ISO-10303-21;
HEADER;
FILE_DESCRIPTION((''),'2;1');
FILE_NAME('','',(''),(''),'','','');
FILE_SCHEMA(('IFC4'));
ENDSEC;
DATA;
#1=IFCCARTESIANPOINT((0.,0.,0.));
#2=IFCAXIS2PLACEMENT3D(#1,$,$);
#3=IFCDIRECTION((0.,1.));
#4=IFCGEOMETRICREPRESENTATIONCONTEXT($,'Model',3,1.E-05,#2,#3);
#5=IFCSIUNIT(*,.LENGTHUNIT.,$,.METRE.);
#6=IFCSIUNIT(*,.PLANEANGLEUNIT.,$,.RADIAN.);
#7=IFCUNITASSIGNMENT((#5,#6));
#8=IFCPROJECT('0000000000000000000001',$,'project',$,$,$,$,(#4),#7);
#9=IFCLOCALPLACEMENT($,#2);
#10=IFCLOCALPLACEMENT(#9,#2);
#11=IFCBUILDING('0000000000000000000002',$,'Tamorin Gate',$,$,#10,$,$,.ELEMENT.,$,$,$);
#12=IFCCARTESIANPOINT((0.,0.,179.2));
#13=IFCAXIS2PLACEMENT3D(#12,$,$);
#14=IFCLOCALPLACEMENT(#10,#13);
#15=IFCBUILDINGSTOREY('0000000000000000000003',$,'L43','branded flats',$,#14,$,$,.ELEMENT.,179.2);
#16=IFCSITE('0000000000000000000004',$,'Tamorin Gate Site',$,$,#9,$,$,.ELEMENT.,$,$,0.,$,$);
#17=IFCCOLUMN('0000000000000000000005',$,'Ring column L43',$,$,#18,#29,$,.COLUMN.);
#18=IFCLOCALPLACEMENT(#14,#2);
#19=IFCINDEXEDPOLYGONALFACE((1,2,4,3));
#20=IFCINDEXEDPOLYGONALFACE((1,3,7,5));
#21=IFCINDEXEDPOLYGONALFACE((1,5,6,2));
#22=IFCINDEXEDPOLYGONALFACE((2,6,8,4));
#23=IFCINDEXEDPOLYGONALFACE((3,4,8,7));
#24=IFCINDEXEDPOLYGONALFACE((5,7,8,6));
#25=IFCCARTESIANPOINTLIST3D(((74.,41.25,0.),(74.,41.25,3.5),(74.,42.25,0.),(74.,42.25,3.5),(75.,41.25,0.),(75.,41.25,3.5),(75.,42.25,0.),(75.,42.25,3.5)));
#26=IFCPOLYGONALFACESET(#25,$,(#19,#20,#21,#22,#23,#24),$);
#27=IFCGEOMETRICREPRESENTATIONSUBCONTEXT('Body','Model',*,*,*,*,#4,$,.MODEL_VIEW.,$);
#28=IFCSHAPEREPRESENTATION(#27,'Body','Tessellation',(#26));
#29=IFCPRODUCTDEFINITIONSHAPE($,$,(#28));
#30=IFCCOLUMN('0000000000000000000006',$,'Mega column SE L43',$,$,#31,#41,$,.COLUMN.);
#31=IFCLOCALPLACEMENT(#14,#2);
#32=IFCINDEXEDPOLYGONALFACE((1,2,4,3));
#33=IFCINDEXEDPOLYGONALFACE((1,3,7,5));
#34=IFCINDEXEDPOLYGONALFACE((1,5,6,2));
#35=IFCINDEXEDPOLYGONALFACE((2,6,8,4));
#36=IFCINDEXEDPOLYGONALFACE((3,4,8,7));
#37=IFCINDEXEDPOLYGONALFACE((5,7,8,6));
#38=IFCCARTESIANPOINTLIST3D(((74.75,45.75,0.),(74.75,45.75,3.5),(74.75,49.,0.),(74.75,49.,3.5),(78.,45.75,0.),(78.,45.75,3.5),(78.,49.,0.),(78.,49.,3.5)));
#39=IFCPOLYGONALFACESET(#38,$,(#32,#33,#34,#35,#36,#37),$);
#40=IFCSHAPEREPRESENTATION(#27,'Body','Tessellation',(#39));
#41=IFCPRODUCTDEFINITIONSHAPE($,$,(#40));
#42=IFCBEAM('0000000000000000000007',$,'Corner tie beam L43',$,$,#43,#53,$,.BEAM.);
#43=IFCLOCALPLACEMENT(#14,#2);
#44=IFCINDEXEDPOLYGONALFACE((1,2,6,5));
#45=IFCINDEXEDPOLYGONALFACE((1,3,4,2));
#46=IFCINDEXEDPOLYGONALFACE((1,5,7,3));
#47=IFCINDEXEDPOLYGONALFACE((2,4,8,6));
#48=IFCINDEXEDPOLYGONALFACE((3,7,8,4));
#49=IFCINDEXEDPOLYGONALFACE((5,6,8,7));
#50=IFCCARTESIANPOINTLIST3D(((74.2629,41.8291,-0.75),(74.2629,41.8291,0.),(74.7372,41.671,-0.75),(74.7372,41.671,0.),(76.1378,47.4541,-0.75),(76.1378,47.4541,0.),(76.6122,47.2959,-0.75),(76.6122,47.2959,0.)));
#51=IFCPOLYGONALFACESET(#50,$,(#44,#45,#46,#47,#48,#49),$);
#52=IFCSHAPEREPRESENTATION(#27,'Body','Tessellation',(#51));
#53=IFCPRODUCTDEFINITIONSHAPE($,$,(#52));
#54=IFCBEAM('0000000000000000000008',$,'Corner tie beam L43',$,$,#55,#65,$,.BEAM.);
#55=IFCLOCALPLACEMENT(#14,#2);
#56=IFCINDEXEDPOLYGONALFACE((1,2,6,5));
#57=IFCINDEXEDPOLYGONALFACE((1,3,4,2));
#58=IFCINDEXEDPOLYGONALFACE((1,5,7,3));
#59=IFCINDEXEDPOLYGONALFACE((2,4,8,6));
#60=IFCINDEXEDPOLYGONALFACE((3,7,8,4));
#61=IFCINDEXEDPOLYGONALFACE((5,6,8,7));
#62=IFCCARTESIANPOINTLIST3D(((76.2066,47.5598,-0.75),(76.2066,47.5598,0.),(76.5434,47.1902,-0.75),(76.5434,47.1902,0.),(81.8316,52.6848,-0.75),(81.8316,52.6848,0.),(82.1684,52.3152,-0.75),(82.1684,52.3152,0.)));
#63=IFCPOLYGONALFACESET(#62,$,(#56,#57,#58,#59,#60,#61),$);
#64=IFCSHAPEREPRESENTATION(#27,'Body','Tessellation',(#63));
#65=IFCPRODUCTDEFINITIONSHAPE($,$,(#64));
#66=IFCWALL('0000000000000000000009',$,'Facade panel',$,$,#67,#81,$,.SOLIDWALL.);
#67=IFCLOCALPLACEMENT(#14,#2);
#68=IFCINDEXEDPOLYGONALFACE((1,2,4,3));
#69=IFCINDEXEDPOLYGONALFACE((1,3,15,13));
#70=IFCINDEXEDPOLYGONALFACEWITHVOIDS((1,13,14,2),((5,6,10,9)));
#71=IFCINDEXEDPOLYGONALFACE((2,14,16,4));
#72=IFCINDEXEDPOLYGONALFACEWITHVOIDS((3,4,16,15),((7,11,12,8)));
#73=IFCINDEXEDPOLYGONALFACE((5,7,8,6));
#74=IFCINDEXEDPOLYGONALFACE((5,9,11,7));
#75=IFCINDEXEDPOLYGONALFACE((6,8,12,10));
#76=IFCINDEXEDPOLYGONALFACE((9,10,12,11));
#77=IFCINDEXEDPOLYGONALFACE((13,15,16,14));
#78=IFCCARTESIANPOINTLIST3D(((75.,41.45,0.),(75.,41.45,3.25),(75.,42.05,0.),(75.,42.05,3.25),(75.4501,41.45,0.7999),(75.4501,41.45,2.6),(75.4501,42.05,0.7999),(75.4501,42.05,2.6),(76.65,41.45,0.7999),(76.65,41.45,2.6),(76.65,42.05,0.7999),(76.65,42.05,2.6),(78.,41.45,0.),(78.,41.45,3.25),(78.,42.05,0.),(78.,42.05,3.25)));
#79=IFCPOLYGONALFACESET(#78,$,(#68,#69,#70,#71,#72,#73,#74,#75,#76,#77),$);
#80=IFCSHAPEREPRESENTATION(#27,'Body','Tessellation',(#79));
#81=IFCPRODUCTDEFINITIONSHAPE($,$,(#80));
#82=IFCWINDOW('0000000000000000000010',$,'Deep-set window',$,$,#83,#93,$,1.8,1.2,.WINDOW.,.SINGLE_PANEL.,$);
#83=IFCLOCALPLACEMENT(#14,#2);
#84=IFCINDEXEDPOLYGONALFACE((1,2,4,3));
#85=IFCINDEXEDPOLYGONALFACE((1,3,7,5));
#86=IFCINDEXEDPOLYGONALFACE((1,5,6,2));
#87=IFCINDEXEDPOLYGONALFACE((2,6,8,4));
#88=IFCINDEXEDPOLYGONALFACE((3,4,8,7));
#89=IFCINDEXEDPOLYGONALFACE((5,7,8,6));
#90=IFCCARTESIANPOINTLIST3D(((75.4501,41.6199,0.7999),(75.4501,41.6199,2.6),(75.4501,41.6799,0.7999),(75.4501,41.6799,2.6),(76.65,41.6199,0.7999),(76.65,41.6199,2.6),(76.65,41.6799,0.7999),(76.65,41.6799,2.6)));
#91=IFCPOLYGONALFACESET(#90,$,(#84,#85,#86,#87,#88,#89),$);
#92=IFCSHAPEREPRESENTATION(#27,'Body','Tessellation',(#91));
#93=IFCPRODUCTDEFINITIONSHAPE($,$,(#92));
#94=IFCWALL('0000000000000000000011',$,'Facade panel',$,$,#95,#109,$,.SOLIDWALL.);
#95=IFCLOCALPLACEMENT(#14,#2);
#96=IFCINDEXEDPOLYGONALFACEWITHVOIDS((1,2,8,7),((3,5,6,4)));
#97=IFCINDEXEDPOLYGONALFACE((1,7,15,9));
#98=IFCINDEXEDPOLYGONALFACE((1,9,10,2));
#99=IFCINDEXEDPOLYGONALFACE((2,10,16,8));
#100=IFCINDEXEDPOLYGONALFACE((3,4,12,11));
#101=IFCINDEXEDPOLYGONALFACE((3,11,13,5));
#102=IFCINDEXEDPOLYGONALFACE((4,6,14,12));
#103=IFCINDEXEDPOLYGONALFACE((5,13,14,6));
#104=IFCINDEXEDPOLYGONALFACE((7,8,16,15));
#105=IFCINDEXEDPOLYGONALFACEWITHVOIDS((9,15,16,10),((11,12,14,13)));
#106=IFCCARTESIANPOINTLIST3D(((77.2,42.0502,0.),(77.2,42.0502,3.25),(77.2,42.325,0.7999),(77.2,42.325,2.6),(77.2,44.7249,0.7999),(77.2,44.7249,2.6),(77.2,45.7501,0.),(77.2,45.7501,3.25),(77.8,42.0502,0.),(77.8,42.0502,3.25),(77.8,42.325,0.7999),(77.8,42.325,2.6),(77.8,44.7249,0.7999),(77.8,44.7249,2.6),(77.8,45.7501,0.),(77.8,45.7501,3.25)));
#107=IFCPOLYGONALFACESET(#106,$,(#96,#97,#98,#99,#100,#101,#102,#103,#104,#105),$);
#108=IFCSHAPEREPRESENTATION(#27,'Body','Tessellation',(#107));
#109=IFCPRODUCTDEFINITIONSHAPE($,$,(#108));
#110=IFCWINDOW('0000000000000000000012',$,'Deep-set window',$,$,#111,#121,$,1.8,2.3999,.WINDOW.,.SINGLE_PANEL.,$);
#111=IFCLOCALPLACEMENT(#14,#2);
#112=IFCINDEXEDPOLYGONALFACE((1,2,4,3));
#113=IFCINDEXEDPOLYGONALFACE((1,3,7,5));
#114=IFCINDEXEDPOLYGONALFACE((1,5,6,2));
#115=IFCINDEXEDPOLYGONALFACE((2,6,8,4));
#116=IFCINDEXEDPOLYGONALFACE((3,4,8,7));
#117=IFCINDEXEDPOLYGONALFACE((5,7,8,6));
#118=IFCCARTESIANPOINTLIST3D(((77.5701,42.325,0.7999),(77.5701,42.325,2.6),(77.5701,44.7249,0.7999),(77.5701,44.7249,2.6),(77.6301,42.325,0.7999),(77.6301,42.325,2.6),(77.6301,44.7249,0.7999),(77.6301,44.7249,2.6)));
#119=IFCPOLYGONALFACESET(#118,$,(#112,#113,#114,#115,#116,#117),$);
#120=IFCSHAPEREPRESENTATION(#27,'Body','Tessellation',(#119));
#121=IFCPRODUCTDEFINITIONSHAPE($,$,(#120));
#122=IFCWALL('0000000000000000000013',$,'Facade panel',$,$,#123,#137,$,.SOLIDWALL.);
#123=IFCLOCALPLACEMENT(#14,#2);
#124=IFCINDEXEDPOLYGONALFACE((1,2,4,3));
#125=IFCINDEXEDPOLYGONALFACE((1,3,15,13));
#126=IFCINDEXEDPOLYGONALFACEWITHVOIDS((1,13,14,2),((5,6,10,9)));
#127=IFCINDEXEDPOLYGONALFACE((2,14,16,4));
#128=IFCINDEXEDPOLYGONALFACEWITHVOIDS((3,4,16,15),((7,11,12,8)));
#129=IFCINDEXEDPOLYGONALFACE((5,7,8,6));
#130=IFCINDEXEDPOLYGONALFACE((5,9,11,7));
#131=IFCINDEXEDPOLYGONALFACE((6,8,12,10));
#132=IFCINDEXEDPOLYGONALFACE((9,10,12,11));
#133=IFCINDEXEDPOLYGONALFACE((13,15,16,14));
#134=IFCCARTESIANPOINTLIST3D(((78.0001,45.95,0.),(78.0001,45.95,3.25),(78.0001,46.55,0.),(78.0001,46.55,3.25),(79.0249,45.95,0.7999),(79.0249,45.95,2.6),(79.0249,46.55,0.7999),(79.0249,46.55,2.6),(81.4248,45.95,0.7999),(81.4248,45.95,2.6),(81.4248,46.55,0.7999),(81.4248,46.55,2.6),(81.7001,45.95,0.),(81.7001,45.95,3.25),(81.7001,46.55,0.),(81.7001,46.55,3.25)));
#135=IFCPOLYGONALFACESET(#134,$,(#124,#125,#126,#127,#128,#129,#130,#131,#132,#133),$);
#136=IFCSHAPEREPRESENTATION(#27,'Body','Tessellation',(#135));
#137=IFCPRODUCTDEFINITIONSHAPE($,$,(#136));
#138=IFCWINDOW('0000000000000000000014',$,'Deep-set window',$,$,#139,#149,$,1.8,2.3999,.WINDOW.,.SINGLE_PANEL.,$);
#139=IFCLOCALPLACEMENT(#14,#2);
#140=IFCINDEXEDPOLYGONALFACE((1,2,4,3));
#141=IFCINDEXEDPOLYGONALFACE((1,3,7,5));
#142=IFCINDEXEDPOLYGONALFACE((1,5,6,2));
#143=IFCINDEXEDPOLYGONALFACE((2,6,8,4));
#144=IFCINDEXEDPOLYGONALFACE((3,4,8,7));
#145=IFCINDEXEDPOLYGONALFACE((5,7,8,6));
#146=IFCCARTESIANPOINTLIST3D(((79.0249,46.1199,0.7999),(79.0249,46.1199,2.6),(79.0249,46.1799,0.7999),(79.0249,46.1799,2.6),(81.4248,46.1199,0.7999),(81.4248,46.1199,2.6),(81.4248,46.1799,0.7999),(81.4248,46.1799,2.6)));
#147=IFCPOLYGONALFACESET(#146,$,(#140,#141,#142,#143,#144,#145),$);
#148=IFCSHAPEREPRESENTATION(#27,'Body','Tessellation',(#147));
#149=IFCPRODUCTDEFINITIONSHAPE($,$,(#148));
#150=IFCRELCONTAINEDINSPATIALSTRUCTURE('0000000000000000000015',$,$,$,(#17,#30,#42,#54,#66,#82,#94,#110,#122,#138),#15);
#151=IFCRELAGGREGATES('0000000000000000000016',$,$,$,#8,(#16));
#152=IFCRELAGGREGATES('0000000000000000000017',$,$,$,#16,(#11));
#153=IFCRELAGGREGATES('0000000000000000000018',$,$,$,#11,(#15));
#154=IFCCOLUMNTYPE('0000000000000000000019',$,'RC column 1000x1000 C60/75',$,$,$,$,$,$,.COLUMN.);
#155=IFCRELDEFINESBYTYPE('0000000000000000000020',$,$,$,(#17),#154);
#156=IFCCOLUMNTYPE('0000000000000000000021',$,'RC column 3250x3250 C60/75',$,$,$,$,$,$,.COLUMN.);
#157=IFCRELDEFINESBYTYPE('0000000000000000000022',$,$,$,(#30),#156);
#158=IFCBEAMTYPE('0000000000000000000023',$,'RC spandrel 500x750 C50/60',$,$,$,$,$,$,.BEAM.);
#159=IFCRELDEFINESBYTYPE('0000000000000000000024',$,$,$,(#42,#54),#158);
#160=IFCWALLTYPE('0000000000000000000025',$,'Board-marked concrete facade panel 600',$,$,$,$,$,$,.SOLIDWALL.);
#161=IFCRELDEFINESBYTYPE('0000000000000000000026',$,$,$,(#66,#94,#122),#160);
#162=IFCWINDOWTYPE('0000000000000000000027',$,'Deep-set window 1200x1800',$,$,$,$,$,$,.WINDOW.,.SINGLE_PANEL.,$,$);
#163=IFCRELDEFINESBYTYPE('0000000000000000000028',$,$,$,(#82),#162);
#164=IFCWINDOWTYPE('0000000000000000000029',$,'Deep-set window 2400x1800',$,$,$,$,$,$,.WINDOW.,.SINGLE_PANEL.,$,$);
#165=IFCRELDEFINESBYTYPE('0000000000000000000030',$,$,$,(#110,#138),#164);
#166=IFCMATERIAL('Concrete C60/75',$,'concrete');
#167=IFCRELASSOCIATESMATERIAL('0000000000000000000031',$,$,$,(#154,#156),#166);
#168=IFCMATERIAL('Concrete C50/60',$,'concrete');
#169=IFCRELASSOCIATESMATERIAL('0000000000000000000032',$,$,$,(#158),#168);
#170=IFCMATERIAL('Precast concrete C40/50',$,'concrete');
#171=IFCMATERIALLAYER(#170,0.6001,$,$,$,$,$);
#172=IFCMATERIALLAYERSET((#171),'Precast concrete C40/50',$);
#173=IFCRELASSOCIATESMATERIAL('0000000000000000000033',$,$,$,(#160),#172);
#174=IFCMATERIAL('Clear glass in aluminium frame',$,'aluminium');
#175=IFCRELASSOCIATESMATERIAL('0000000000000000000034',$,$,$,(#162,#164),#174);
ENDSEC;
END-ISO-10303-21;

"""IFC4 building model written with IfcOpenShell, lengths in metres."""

from ifc_helpers import new_model, si_unit, direction, frame, frame_2d, origin, origin_2d, place, context, subcontext, project, spatial, rectangle, extrude, material, layer, layer_set, material_profile, profile_set, type_object, element, fill, save


model = new_model("IFC4")

# Units and contexts
model_context = context("Model", 3, precision=1e-05, world=origin(), true_north=direction((0.0, 1.0)))
body_context = subcontext(model_context, "Body", "Model", "MODEL_VIEW")
ifc_project = project(units=[si_unit("LENGTHUNIT", "METRE"), si_unit("PLANEANGLEUNIT", "RADIAN")], contexts=[model_context])

# Site, building, storey
site_placement = place(None, origin())
site = spatial("IfcSite", under=ifc_project, at=site_placement, Name="Tamorin Gate Site", CompositionType="ELEMENT", RefElevation=0.0)
building_placement = place(site_placement, origin())
building = spatial("IfcBuilding", under=site, at=building_placement, Name="Tamorin Gate", CompositionType="ELEMENT")
storey_placement = place(building_placement, frame((0.0, 0.0, 179.2)))
storey = spatial("IfcBuildingStorey", under=building, at=storey_placement, Name="L43", Description="branded flats", CompositionType="ELEMENT", Elevation=179.2)

# Columns
ifc_material_1 = material(Name="Concrete C60/75", Category="concrete")
ifc_material_profile_1 = material_profile(ifc_material_1, rectangle(XDim=1.0, YDim=1.0, at=origin_2d()), Name="RC 1000x1000")
ifc_profile_set_1 = profile_set([ifc_material_profile_1], Name="Concrete C60/75")
column_type_1 = type_object("IfcColumnType", Name="RC column 1000x1000 C60/75", PredefinedType="COLUMN", material=ifc_profile_set_1)
column_1_placement = place(storey_placement, frame((74.5, 41.75, 0.0), z_axis=(0.0, 0.0, 1.0), x_axis=(1.0, 0.0, 0.0)))
element("IfcColumn", 1, at=column_1_placement, inside=storey, type_object=column_type_1, Name="Ring column L43", PredefinedType="COLUMN", context=body_context, shape_type="SweptSolid", body=[
    extrude(rectangle(XDim=1.0, YDim=1.0, at=origin_2d()), origin(), (0.0, 0.0, 1.0), 3.5),
])
ifc_material_profile_2 = material_profile(ifc_material_1, rectangle(XDim=3.25, YDim=3.25, at=origin_2d()), Name="RC 3250x3250")
ifc_profile_set_2 = profile_set([ifc_material_profile_2], Name="Concrete C60/75")
column_type_2 = type_object("IfcColumnType", Name="RC column 3250x3250 C60/75", PredefinedType="COLUMN", material=ifc_profile_set_2)
column_2_placement = place(storey_placement, frame((76.375, 47.375, 0.0), z_axis=(0.0, 0.0, 1.0), x_axis=(1.0, 0.0, 0.0)))
element("IfcColumn", 2, at=column_2_placement, inside=storey, type_object=column_type_2, Name="Mega column SE L43", PredefinedType="COLUMN", context=body_context, shape_type="SweptSolid", body=[
    extrude(rectangle(XDim=3.25, YDim=3.25, at=origin_2d()), origin(), (0.0, 0.0, 1.0), 3.5),
])

# Beams
ifc_material_2 = material(Name="Concrete C50/60", Category="concrete")
ifc_material_profile_3 = material_profile(ifc_material_2, rectangle(XDim=0.5, YDim=0.75, at=origin_2d()), Name="RC 500x750")
ifc_profile_set_3 = profile_set([ifc_material_profile_3], Name="Concrete C50/60")
beam_type = type_object("IfcBeamType", Name="RC spandrel 500x750 C50/60", PredefinedType="BEAM", material=ifc_profile_set_3)
beam_1_placement = place(storey_placement, frame((76.375, 47.375, -0.375), z_axis=(-0.316228, -0.948683, 0.0), x_axis=(0.948683, -0.316228, 0.0)))
element("IfcBeam", 3, at=beam_1_placement, inside=storey, type_object=beam_type, Name="Corner tie beam L43", PredefinedType="BEAM", context=body_context, shape_type="SweptSolid", body=[
    extrude(rectangle(XDim=0.5, YDim=0.75, at=origin_2d()), origin(), (0.0, 0.0, 1.0), 5.9292),
])
beam_2_placement = place(storey_placement, frame((76.375, 47.375, -0.375), z_axis=(0.739196, 0.67349, 0.0), x_axis=(-0.67349, 0.739196, 0.0)))
element("IfcBeam", 4, at=beam_2_placement, inside=storey, type_object=beam_type, Name="Corner tie beam L43", PredefinedType="BEAM", context=body_context, shape_type="SweptSolid", body=[
    extrude(rectangle(XDim=0.5, YDim=0.75, at=origin_2d()), origin(), (0.0, 0.0, 1.0), 7.6096),
])

# Walls, openings, windows
ifc_material_3 = material(Name="Precast concrete C40/50", Category="concrete")
ifc_layer = layer(ifc_material_3, 0.6001)
ifc_layer_set = layer_set([ifc_layer], Name="Precast concrete C40/50")
wall_type = type_object("IfcWallType", Name="Board-marked concrete facade panel 600", PredefinedType="SOLIDWALL", material=ifc_layer_set)
wall_1_placement = place(storey_placement, frame((75.0, 41.75, 0.0), z_axis=(0.0, 0.0, 1.0), x_axis=(1.0, 0.0, 0.0)))
wall_1 = element("IfcWall", 5, at=wall_1_placement, inside=storey, type_object=wall_type, Name="Facade panel", PredefinedType="SOLIDWALL", context=body_context, shape_type="SweptSolid", body=[
    extrude(rectangle(XDim=3.0, YDim=0.6001, at=frame_2d((1.5, 0.0))), origin(), (0.0, 0.0, 1.0), 3.25),
])
opening_1_placement = place(wall_1_placement, frame((0.45, 0.0, 0.8)))
opening_1 = element("IfcOpeningElement", 6, at=opening_1_placement, cuts=wall_1, PredefinedType="OPENING", context=body_context, shape_type="SweptSolid", body=[
    extrude(rectangle(XDim=1.2, YDim=1.8, at=frame_2d((0.6001, 0.8999))), frame((0.0, 0.3101, 0.0), z_axis=(0.0, -1.0, 0.0), x_axis=(1.0, 0.0, 0.0)), (0.0, 0.0, 1.0), 0.6201),
])
ifc_material_4 = material(Name="Clear glass in aluminium frame", Category="aluminium")
window_type_1 = type_object("IfcWindowType", Name="Deep-set window 1200x1800", PartitioningType="SINGLE_PANEL", PredefinedType="WINDOW", material=ifc_material_4)
window_1_placement = place(opening_1_placement, origin())
window_1 = element("IfcWindow", 7, at=window_1_placement, inside=storey, type_object=window_type_1, Name="Deep-set window", OverallHeight=1.8, OverallWidth=1.2, PartitioningType="SINGLE_PANEL", PredefinedType="WINDOW", context=body_context, shape_type="SweptSolid", body=[
    extrude(rectangle(XDim=1.2, YDim=1.8, at=frame_2d((0.6001, 0.8999))), frame((0.0, -0.0701, 0.0), z_axis=(0.0, -1.0, 0.0), x_axis=(1.0, 0.0, 0.0)), (0.0, 0.0, 1.0), 0.0601),
])
fill(opening_1, window_1)
wall_2_placement = place(storey_placement, frame((77.5, 42.05, 0.0), z_axis=(0.0, 0.0, 1.0), x_axis=(0.0, 1.0, 0.0)))
wall_2 = element("IfcWall", 8, at=wall_2_placement, inside=storey, type_object=wall_type, Name="Facade panel", PredefinedType="SOLIDWALL", context=body_context, shape_type="SweptSolid", body=[
    extrude(rectangle(XDim=3.7, YDim=0.6001, at=frame_2d((1.8501, 0.0))), origin(), (0.0, 0.0, 1.0), 3.25),
])
opening_2_placement = place(wall_2_placement, frame((0.2749, 0.0, 0.8)))
opening_2 = element("IfcOpeningElement", 9, at=opening_2_placement, cuts=wall_2, PredefinedType="OPENING", context=body_context, shape_type="SweptSolid", body=[
    extrude(rectangle(XDim=2.3999, YDim=1.8, at=frame_2d((1.2, 0.8999))), frame((0.0, 0.3101, 0.0), z_axis=(0.0, -1.0, 0.0), x_axis=(1.0, 0.0, 0.0)), (0.0, 0.0, 1.0), 0.6201),
])
window_type_2 = type_object("IfcWindowType", Name="Deep-set window 2400x1800", PartitioningType="SINGLE_PANEL", PredefinedType="WINDOW", material=ifc_material_4)
window_2_placement = place(opening_2_placement, origin())
window_2 = element("IfcWindow", 10, at=window_2_placement, inside=storey, type_object=window_type_2, Name="Deep-set window", OverallHeight=1.8, OverallWidth=2.3999, PartitioningType="SINGLE_PANEL", PredefinedType="WINDOW", context=body_context, shape_type="SweptSolid", body=[
    extrude(rectangle(XDim=2.3999, YDim=1.8, at=frame_2d((1.2, 0.8999))), frame((0.0, -0.0701, 0.0), z_axis=(0.0, -1.0, 0.0), x_axis=(1.0, 0.0, 0.0)), (0.0, 0.0, 1.0), 0.0601),
])
fill(opening_2, window_2)
wall_3_placement = place(storey_placement, frame((78.0, 46.25, 0.0), z_axis=(0.0, 0.0, 1.0), x_axis=(1.0, 0.0, 0.0)))
wall_3 = element("IfcWall", 11, at=wall_3_placement, inside=storey, type_object=wall_type, Name="Facade panel", PredefinedType="SOLIDWALL", context=body_context, shape_type="SweptSolid", body=[
    extrude(rectangle(XDim=3.7, YDim=0.6001, at=frame_2d((1.8501, 0.0))), origin(), (0.0, 0.0, 1.0), 3.25),
])
opening_3_placement = place(wall_3_placement, frame((1.0249, 0.0, 0.8)))
opening_3 = element("IfcOpeningElement", 12, at=opening_3_placement, cuts=wall_3, PredefinedType="OPENING", context=body_context, shape_type="SweptSolid", body=[
    extrude(rectangle(XDim=2.3999, YDim=1.8, at=frame_2d((1.2, 0.8999))), frame((0.0, 0.3101, 0.0), z_axis=(0.0, -1.0, 0.0), x_axis=(1.0, 0.0, 0.0)), (0.0, 0.0, 1.0), 0.6201),
])
window_3_placement = place(opening_3_placement, origin())
window_3 = element("IfcWindow", 13, at=window_3_placement, inside=storey, type_object=window_type_2, Name="Deep-set window", OverallHeight=1.8, OverallWidth=2.3999, PartitioningType="SINGLE_PANEL", PredefinedType="WINDOW", context=body_context, shape_type="SweptSolid", body=[
    extrude(rectangle(XDim=2.3999, YDim=1.8, at=frame_2d((1.2, 0.8999))), frame((0.0, -0.0701, 0.0), z_axis=(0.0, -1.0, 0.0), x_axis=(1.0, 0.0, 0.0)), (0.0, 0.0, 1.0), 0.0601),
])
fill(opening_3, window_3)

save(model, "model.ifc")
